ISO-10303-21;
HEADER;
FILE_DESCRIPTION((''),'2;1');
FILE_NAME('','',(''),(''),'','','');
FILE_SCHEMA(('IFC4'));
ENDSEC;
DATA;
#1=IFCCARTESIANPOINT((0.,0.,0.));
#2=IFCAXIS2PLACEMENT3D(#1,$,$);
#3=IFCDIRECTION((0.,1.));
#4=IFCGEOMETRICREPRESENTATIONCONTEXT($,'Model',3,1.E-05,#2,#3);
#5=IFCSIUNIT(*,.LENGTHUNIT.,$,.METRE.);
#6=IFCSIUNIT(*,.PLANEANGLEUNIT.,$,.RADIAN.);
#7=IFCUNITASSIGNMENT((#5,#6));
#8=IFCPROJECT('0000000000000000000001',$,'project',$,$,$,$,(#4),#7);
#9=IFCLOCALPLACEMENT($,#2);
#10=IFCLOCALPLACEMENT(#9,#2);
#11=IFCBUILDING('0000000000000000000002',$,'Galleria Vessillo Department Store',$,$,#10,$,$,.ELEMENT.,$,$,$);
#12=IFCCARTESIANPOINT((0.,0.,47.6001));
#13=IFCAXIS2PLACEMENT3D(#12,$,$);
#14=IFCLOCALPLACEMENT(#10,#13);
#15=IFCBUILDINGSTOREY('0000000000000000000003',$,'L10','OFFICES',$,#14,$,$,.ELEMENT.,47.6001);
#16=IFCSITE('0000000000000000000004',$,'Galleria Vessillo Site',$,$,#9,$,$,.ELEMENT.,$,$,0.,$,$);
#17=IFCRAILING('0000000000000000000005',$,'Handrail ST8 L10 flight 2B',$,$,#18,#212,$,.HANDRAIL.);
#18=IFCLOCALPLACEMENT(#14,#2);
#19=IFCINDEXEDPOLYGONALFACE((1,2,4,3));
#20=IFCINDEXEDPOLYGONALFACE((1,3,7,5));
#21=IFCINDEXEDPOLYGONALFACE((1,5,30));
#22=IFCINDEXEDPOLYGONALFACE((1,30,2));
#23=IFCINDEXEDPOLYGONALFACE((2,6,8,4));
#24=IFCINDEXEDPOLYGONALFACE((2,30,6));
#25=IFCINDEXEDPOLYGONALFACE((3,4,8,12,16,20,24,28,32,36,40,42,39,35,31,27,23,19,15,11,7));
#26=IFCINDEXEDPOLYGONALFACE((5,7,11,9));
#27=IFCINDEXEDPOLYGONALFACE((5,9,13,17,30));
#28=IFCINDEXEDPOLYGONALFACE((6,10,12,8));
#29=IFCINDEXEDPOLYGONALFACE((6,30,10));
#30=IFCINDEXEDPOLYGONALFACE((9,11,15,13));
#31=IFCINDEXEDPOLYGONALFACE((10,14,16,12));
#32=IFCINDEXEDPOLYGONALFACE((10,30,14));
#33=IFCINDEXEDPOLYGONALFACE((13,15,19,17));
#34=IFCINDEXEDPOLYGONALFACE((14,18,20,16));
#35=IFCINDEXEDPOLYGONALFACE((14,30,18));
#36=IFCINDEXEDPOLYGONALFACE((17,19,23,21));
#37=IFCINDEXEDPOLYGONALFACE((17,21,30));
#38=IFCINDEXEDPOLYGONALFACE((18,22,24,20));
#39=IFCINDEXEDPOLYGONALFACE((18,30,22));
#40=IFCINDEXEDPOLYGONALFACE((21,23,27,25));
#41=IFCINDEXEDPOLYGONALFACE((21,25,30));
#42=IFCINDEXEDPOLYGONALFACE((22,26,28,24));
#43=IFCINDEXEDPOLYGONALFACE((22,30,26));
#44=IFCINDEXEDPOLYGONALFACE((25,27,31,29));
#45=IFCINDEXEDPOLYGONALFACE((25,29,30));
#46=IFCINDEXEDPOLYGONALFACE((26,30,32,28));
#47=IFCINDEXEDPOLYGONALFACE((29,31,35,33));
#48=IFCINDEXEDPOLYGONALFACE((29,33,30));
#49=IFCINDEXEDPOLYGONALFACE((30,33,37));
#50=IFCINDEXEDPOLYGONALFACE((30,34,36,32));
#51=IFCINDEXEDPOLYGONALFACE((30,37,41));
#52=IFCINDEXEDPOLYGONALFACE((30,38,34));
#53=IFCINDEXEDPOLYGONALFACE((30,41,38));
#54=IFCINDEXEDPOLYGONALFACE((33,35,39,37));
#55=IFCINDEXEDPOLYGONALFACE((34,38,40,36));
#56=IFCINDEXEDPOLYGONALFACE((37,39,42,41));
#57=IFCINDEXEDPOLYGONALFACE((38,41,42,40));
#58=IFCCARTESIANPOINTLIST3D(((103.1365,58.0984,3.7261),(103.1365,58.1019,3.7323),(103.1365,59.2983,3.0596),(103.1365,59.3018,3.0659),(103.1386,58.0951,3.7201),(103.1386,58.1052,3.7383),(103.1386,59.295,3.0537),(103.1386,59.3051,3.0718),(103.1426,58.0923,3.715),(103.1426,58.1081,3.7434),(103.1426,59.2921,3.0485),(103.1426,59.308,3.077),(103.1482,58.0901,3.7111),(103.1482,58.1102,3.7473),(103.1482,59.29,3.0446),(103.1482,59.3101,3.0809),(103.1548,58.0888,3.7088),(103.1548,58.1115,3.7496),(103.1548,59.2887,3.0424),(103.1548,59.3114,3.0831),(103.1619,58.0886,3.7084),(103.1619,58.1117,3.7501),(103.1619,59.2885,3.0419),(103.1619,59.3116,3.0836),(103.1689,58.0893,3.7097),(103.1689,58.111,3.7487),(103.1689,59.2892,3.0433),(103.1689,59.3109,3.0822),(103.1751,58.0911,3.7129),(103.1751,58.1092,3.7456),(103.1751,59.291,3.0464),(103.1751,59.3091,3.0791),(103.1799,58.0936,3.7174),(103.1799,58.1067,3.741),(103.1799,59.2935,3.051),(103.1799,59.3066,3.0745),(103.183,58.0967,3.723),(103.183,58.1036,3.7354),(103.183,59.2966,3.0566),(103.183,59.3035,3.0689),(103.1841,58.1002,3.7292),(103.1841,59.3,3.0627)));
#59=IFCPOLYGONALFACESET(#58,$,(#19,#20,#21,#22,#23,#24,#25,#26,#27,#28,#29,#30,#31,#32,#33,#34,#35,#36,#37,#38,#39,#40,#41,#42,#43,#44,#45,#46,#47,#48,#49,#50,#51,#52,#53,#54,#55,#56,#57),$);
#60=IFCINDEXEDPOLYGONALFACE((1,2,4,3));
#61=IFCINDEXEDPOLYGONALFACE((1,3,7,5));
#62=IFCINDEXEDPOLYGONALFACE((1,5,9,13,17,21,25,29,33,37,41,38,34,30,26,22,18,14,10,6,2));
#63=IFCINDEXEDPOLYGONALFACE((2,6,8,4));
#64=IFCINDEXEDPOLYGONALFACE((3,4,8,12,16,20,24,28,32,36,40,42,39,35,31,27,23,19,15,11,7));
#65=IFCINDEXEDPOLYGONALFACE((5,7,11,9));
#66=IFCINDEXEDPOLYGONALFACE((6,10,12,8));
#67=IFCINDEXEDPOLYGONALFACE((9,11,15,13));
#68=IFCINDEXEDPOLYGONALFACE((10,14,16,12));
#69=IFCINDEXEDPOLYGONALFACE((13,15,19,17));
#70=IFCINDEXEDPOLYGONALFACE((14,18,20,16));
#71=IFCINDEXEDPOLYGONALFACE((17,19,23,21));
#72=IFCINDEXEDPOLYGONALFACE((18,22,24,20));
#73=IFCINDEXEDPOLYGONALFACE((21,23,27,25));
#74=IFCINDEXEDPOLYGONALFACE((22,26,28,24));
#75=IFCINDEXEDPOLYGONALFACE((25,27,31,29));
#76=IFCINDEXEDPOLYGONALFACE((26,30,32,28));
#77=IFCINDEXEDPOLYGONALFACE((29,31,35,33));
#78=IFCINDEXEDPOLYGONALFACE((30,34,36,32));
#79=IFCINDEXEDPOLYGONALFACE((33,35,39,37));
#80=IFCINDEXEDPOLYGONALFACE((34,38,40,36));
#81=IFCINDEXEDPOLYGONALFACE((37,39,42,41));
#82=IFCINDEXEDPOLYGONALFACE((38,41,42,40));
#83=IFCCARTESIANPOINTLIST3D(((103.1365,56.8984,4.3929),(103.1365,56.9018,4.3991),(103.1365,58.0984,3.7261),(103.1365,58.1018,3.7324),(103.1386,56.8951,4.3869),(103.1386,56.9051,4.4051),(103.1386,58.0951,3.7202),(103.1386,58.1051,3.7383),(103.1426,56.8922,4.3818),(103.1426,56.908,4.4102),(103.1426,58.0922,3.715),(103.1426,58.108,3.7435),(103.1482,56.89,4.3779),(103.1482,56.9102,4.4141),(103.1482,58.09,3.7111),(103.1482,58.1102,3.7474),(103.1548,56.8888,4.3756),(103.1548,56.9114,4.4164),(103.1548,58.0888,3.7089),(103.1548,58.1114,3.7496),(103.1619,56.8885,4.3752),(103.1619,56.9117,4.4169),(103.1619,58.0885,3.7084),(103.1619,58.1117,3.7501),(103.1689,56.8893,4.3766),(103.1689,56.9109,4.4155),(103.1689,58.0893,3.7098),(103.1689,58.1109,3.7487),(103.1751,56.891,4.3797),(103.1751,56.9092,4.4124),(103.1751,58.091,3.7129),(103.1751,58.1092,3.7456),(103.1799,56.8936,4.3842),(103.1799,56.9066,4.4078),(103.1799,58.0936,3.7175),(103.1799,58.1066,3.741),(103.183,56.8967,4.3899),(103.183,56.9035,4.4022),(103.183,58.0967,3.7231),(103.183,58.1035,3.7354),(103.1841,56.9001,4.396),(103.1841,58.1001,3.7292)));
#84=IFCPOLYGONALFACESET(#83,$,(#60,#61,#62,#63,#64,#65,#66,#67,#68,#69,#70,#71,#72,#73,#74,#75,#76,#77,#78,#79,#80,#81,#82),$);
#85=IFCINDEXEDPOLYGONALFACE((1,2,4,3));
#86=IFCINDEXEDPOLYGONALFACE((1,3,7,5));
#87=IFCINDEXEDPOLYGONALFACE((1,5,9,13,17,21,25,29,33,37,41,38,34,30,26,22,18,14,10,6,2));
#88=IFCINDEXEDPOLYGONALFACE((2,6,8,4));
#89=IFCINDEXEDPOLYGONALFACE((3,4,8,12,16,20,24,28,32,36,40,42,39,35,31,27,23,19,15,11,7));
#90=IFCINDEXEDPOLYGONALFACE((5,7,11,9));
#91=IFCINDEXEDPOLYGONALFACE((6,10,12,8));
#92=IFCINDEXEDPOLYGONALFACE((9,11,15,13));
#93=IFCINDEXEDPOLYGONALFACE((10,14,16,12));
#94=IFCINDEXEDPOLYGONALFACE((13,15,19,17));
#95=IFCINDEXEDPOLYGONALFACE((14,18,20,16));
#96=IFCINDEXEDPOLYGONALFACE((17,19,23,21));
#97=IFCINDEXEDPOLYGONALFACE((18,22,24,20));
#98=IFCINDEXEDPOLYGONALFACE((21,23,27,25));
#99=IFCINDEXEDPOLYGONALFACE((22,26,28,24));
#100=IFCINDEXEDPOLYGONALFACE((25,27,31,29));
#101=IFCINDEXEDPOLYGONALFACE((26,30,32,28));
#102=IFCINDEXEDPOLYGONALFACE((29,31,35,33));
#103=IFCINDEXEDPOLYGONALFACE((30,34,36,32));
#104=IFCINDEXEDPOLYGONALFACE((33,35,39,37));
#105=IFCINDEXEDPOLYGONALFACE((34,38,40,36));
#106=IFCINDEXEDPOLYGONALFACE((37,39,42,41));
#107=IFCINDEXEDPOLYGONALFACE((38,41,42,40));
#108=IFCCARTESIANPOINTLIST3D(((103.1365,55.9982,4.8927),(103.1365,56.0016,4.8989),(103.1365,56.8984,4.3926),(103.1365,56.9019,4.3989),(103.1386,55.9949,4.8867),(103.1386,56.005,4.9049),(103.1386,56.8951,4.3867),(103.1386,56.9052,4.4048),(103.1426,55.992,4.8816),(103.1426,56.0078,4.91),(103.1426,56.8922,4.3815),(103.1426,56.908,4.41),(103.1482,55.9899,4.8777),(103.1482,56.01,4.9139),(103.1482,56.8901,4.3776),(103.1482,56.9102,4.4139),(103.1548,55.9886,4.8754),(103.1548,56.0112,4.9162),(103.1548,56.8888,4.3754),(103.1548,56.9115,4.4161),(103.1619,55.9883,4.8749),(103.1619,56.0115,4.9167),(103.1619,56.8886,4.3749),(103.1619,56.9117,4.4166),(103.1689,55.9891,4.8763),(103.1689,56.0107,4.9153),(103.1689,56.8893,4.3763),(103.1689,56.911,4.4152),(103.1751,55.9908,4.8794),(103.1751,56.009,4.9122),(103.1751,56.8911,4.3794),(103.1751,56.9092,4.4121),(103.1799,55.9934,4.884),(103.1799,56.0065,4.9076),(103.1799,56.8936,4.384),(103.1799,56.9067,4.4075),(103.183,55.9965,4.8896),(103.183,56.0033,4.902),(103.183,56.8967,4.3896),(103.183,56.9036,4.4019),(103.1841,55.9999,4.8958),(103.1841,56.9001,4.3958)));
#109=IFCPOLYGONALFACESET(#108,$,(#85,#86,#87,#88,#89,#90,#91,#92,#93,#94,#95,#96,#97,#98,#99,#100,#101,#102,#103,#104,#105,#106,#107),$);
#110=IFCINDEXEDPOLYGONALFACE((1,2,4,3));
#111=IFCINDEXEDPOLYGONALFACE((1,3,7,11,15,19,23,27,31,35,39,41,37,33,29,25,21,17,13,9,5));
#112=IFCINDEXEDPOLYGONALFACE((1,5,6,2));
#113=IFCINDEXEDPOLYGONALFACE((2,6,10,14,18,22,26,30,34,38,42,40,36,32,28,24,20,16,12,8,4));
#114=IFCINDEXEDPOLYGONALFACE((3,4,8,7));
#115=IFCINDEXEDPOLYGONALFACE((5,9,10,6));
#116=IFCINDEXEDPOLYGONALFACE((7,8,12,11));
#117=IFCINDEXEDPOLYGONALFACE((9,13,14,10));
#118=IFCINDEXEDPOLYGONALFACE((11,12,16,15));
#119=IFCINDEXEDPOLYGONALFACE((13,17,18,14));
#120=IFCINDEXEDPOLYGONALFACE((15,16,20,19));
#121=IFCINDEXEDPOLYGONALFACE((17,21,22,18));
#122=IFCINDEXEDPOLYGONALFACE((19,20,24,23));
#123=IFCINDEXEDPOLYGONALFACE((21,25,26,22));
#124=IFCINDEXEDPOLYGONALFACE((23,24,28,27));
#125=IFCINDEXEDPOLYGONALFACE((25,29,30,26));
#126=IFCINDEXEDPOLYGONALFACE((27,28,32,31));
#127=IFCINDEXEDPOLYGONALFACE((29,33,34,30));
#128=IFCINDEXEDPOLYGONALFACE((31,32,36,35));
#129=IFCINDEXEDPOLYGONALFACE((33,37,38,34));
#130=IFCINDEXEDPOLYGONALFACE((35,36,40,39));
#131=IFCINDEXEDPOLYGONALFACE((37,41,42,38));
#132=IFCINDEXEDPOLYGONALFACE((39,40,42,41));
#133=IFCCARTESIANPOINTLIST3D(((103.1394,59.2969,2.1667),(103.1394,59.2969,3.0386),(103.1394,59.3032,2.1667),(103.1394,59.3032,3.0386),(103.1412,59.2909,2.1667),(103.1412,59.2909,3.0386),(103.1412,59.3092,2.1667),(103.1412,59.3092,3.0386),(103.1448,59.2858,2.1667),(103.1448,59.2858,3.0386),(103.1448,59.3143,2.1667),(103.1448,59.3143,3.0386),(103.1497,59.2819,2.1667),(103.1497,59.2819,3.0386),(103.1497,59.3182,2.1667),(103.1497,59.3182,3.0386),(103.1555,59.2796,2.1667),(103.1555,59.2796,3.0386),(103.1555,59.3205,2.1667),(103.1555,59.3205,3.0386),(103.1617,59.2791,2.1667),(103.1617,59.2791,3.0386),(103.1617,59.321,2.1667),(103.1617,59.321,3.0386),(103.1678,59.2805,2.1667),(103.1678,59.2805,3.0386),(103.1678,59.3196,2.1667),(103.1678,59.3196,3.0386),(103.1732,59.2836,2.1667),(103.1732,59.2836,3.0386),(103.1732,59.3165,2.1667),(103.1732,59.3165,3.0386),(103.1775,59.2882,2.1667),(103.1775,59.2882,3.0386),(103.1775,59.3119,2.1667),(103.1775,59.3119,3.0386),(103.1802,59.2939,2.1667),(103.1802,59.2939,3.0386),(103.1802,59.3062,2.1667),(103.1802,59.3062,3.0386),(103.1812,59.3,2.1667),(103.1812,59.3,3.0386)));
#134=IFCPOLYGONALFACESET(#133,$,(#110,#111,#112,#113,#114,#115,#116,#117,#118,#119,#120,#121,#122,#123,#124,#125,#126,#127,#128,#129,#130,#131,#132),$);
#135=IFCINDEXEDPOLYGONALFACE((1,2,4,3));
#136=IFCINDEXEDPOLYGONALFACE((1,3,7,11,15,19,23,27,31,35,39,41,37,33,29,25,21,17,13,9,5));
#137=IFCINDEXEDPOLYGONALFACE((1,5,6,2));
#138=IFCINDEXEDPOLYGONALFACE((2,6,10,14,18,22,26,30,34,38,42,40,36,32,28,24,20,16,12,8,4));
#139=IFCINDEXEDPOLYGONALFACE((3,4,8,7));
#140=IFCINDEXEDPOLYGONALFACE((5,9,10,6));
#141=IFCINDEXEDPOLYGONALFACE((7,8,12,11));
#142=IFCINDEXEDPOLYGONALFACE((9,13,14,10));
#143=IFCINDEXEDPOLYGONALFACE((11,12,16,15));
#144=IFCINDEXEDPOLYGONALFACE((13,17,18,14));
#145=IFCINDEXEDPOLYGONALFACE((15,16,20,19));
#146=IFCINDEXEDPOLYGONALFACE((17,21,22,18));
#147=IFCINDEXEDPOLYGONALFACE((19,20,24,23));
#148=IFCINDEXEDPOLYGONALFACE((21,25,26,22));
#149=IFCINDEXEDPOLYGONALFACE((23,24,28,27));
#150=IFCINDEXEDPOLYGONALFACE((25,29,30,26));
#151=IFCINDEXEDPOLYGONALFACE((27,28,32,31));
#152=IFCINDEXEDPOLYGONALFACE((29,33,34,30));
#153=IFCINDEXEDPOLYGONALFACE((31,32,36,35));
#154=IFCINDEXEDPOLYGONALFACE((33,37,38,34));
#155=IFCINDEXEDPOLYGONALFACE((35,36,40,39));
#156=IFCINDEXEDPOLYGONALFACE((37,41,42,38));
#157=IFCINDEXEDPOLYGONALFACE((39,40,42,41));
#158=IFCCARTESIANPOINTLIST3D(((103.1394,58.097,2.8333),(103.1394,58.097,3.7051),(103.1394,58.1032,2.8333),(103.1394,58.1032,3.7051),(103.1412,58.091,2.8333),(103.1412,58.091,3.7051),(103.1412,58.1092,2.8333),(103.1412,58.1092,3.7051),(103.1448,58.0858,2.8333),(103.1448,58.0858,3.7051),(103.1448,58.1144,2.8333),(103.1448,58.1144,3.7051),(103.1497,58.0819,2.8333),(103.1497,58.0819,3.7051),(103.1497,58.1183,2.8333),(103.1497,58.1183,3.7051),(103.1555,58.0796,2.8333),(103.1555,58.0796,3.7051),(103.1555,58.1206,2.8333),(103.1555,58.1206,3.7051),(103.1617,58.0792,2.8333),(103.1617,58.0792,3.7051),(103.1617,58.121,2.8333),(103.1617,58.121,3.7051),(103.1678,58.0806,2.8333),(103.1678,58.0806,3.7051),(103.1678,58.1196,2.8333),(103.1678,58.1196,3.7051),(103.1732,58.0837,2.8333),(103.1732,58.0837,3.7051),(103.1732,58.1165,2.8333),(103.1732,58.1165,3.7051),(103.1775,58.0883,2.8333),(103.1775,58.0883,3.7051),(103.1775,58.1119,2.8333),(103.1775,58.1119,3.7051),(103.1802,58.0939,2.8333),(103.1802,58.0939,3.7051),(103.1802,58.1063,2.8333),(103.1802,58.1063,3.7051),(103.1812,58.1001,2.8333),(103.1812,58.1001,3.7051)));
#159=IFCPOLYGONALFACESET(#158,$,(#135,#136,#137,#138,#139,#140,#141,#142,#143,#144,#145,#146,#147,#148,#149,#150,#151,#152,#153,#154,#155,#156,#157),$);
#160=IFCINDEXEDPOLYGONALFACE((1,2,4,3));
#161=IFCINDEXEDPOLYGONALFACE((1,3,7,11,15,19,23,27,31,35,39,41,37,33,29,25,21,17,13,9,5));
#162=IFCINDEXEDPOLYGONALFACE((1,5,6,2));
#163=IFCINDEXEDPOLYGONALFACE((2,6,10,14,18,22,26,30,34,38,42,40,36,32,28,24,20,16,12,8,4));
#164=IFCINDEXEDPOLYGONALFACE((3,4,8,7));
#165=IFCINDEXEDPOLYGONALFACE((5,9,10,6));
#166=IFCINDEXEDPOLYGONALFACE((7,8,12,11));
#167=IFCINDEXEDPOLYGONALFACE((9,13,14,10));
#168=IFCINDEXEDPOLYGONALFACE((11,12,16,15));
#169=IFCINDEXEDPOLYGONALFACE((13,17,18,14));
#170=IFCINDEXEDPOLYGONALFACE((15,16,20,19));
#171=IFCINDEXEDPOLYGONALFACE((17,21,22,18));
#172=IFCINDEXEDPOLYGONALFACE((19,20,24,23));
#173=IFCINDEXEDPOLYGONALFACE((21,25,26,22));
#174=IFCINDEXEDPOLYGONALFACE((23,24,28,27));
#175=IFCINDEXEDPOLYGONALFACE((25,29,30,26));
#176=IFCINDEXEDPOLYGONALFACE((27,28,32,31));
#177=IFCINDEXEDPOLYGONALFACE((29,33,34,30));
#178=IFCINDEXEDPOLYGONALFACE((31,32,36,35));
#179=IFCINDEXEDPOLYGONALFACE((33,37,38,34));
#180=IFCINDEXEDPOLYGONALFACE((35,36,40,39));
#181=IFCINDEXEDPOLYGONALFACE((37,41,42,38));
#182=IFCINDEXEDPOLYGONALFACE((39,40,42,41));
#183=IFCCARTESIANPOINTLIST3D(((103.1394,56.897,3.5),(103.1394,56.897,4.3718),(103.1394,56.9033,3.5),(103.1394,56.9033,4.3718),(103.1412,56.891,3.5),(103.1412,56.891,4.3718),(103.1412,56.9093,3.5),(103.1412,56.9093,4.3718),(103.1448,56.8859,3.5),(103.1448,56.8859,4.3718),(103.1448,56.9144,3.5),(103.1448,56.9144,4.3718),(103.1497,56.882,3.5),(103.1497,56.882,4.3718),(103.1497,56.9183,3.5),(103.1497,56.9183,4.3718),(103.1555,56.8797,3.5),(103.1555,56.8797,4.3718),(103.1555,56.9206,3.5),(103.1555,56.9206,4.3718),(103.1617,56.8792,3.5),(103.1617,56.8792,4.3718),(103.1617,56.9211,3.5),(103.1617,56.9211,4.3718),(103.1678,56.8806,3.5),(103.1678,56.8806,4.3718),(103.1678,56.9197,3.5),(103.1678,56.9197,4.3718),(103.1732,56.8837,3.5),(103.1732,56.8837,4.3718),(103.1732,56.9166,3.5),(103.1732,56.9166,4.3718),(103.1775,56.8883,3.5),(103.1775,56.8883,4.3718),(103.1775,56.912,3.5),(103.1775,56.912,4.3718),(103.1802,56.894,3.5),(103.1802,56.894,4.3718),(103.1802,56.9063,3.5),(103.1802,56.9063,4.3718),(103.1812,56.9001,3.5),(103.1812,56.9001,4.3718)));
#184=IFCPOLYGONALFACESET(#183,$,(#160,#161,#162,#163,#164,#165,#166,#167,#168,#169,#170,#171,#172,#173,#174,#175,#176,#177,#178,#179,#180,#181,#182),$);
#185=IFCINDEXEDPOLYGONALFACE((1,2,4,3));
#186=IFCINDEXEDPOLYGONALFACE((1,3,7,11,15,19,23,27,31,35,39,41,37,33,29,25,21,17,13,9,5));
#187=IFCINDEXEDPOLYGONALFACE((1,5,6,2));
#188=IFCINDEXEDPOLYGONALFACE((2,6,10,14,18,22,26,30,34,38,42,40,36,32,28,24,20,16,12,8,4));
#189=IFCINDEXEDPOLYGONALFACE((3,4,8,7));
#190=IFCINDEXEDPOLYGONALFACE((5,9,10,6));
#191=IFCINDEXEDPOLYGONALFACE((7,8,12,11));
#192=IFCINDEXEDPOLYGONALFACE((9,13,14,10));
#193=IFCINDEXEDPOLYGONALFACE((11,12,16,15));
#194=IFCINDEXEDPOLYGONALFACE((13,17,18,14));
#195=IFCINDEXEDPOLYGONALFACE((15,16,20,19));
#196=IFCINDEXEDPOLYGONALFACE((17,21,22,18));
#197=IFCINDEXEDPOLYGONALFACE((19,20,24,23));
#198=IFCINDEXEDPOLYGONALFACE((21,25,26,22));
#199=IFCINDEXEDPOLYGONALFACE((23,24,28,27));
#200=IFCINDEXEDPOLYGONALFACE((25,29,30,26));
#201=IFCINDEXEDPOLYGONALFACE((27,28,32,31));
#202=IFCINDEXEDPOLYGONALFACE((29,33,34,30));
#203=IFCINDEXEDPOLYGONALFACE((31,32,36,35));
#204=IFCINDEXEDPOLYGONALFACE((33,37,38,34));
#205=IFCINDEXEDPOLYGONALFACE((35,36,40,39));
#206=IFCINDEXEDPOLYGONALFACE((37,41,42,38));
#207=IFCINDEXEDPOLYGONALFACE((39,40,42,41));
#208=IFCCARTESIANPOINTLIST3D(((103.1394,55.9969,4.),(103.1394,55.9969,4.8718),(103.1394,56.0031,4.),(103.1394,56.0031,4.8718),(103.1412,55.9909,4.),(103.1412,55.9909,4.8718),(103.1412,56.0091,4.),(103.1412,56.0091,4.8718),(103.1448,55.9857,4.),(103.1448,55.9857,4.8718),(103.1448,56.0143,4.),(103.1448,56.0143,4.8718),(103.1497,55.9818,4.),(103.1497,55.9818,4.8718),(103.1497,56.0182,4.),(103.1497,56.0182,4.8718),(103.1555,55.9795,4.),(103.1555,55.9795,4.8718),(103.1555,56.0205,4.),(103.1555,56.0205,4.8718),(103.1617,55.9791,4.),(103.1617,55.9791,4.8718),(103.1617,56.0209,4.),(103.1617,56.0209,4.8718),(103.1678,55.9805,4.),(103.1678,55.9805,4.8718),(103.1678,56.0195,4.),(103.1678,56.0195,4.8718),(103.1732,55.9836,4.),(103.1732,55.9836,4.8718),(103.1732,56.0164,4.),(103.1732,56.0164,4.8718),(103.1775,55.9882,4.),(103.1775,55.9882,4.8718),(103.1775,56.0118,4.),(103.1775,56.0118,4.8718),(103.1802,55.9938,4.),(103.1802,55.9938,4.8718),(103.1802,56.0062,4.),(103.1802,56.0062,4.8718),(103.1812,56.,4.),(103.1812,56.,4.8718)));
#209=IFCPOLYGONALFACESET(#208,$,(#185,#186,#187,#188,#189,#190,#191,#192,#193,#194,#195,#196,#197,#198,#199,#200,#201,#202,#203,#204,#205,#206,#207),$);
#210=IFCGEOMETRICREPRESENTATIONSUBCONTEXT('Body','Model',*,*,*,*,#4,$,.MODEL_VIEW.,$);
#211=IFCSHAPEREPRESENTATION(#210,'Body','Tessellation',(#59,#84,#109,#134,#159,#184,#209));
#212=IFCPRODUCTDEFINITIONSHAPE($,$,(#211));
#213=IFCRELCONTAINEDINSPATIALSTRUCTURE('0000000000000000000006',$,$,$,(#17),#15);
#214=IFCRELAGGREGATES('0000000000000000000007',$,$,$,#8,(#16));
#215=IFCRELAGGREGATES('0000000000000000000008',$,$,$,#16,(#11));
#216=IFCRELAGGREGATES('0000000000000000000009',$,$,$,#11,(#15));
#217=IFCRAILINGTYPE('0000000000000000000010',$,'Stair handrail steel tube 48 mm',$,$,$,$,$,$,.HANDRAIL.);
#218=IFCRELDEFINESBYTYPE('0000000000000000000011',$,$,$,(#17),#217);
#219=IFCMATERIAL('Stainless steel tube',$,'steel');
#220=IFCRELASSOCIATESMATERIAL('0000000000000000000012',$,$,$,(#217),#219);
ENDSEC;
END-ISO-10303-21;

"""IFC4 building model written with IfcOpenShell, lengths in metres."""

from ifc_helpers import new_model, si_unit, direction, frame, origin, origin_2d, place, context, subcontext, project, spatial, circle, extrude, material, type_object, element, save


model = new_model("IFC4")

# Units and contexts
model_context = context("Model", 3, precision=1e-05, world=origin(), true_north=direction((0.0, 1.0)))
body_context = subcontext(model_context, "Body", "Model", "MODEL_VIEW")
ifc_project = project(units=[si_unit("LENGTHUNIT", "METRE"), si_unit("PLANEANGLEUNIT", "RADIAN")], contexts=[model_context])

# Site, building, storey
site_placement = place(None, origin())
site = spatial("IfcSite", under=ifc_project, at=site_placement, Name="Galleria Vessillo Site", CompositionType="ELEMENT", RefElevation=0.0)
building_placement = place(site_placement, origin())
building = spatial("IfcBuilding", under=site, at=building_placement, Name="Galleria Vessillo Department Store", CompositionType="ELEMENT")
storey_placement = place(building_placement, frame((0.0, 0.0, 47.6001)))
storey = spatial("IfcBuildingStorey", under=building, at=storey_placement, Name="L10", Description="OFFICES", CompositionType="ELEMENT", Elevation=47.6001)

# Railing
ifc_material_1 = material(Name="Stainless steel tube", Category="steel")
railing_type = type_object("IfcRailingType", Name="Stair handrail steel tube 48 mm", PredefinedType="HANDRAIL", material=ifc_material_1)
railing_placement = place(storey_placement, frame((103.1602, 59.3, 2.1667)))
element("IfcRailing", 1, at=railing_placement, inside=storey, type_object=railing_type, Name="Handrail ST8 L10 flight 2B", PredefinedType="HANDRAIL", context=body_context, shape_type="SweptSolid", body=[
    extrude(circle(Radius=0.0239, at=origin_2d()), frame((0.0, 0.0, 0.896), z_axis=(0.0, -0.874199, 0.485567), x_axis=(1.0, 0.0, 0.0)), (0.0, 0.0, 1.0), 1.3726),
    extrude(circle(Radius=0.0239, at=origin_2d()), frame((0.0, -1.2, 1.5625), z_axis=(0.0, -0.874124, 0.485703), x_axis=(1.0, 0.0, 0.0)), (0.0, 0.0, 1.0), 1.3728),
    extrude(circle(Radius=0.0239, at=origin_2d()), frame((0.0, -2.3999, 2.229), z_axis=(0.0, -0.874191, 0.485583), x_axis=(1.0, 0.0, 0.0)), (0.0, 0.0, 1.0), 1.0298),
    extrude(circle(Radius=0.021, at=origin_2d()), origin(), (0.0, 0.0, 1.0), 0.8718),
    extrude(circle(Radius=0.021, at=origin_2d()), frame((0.0, -1.2, 0.6665)), (0.0, 0.0, 1.0), 0.8718),
    extrude(circle(Radius=0.021, at=origin_2d()), frame((0.0, -2.3999, 1.3333)), (0.0, 0.0, 1.0), 0.8718),
    extrude(circle(Radius=0.021, at=origin_2d()), frame((0.0, -3.3, 1.8333)), (0.0, 0.0, 1.0), 0.8718),
])

save(model, "model.ifc")
